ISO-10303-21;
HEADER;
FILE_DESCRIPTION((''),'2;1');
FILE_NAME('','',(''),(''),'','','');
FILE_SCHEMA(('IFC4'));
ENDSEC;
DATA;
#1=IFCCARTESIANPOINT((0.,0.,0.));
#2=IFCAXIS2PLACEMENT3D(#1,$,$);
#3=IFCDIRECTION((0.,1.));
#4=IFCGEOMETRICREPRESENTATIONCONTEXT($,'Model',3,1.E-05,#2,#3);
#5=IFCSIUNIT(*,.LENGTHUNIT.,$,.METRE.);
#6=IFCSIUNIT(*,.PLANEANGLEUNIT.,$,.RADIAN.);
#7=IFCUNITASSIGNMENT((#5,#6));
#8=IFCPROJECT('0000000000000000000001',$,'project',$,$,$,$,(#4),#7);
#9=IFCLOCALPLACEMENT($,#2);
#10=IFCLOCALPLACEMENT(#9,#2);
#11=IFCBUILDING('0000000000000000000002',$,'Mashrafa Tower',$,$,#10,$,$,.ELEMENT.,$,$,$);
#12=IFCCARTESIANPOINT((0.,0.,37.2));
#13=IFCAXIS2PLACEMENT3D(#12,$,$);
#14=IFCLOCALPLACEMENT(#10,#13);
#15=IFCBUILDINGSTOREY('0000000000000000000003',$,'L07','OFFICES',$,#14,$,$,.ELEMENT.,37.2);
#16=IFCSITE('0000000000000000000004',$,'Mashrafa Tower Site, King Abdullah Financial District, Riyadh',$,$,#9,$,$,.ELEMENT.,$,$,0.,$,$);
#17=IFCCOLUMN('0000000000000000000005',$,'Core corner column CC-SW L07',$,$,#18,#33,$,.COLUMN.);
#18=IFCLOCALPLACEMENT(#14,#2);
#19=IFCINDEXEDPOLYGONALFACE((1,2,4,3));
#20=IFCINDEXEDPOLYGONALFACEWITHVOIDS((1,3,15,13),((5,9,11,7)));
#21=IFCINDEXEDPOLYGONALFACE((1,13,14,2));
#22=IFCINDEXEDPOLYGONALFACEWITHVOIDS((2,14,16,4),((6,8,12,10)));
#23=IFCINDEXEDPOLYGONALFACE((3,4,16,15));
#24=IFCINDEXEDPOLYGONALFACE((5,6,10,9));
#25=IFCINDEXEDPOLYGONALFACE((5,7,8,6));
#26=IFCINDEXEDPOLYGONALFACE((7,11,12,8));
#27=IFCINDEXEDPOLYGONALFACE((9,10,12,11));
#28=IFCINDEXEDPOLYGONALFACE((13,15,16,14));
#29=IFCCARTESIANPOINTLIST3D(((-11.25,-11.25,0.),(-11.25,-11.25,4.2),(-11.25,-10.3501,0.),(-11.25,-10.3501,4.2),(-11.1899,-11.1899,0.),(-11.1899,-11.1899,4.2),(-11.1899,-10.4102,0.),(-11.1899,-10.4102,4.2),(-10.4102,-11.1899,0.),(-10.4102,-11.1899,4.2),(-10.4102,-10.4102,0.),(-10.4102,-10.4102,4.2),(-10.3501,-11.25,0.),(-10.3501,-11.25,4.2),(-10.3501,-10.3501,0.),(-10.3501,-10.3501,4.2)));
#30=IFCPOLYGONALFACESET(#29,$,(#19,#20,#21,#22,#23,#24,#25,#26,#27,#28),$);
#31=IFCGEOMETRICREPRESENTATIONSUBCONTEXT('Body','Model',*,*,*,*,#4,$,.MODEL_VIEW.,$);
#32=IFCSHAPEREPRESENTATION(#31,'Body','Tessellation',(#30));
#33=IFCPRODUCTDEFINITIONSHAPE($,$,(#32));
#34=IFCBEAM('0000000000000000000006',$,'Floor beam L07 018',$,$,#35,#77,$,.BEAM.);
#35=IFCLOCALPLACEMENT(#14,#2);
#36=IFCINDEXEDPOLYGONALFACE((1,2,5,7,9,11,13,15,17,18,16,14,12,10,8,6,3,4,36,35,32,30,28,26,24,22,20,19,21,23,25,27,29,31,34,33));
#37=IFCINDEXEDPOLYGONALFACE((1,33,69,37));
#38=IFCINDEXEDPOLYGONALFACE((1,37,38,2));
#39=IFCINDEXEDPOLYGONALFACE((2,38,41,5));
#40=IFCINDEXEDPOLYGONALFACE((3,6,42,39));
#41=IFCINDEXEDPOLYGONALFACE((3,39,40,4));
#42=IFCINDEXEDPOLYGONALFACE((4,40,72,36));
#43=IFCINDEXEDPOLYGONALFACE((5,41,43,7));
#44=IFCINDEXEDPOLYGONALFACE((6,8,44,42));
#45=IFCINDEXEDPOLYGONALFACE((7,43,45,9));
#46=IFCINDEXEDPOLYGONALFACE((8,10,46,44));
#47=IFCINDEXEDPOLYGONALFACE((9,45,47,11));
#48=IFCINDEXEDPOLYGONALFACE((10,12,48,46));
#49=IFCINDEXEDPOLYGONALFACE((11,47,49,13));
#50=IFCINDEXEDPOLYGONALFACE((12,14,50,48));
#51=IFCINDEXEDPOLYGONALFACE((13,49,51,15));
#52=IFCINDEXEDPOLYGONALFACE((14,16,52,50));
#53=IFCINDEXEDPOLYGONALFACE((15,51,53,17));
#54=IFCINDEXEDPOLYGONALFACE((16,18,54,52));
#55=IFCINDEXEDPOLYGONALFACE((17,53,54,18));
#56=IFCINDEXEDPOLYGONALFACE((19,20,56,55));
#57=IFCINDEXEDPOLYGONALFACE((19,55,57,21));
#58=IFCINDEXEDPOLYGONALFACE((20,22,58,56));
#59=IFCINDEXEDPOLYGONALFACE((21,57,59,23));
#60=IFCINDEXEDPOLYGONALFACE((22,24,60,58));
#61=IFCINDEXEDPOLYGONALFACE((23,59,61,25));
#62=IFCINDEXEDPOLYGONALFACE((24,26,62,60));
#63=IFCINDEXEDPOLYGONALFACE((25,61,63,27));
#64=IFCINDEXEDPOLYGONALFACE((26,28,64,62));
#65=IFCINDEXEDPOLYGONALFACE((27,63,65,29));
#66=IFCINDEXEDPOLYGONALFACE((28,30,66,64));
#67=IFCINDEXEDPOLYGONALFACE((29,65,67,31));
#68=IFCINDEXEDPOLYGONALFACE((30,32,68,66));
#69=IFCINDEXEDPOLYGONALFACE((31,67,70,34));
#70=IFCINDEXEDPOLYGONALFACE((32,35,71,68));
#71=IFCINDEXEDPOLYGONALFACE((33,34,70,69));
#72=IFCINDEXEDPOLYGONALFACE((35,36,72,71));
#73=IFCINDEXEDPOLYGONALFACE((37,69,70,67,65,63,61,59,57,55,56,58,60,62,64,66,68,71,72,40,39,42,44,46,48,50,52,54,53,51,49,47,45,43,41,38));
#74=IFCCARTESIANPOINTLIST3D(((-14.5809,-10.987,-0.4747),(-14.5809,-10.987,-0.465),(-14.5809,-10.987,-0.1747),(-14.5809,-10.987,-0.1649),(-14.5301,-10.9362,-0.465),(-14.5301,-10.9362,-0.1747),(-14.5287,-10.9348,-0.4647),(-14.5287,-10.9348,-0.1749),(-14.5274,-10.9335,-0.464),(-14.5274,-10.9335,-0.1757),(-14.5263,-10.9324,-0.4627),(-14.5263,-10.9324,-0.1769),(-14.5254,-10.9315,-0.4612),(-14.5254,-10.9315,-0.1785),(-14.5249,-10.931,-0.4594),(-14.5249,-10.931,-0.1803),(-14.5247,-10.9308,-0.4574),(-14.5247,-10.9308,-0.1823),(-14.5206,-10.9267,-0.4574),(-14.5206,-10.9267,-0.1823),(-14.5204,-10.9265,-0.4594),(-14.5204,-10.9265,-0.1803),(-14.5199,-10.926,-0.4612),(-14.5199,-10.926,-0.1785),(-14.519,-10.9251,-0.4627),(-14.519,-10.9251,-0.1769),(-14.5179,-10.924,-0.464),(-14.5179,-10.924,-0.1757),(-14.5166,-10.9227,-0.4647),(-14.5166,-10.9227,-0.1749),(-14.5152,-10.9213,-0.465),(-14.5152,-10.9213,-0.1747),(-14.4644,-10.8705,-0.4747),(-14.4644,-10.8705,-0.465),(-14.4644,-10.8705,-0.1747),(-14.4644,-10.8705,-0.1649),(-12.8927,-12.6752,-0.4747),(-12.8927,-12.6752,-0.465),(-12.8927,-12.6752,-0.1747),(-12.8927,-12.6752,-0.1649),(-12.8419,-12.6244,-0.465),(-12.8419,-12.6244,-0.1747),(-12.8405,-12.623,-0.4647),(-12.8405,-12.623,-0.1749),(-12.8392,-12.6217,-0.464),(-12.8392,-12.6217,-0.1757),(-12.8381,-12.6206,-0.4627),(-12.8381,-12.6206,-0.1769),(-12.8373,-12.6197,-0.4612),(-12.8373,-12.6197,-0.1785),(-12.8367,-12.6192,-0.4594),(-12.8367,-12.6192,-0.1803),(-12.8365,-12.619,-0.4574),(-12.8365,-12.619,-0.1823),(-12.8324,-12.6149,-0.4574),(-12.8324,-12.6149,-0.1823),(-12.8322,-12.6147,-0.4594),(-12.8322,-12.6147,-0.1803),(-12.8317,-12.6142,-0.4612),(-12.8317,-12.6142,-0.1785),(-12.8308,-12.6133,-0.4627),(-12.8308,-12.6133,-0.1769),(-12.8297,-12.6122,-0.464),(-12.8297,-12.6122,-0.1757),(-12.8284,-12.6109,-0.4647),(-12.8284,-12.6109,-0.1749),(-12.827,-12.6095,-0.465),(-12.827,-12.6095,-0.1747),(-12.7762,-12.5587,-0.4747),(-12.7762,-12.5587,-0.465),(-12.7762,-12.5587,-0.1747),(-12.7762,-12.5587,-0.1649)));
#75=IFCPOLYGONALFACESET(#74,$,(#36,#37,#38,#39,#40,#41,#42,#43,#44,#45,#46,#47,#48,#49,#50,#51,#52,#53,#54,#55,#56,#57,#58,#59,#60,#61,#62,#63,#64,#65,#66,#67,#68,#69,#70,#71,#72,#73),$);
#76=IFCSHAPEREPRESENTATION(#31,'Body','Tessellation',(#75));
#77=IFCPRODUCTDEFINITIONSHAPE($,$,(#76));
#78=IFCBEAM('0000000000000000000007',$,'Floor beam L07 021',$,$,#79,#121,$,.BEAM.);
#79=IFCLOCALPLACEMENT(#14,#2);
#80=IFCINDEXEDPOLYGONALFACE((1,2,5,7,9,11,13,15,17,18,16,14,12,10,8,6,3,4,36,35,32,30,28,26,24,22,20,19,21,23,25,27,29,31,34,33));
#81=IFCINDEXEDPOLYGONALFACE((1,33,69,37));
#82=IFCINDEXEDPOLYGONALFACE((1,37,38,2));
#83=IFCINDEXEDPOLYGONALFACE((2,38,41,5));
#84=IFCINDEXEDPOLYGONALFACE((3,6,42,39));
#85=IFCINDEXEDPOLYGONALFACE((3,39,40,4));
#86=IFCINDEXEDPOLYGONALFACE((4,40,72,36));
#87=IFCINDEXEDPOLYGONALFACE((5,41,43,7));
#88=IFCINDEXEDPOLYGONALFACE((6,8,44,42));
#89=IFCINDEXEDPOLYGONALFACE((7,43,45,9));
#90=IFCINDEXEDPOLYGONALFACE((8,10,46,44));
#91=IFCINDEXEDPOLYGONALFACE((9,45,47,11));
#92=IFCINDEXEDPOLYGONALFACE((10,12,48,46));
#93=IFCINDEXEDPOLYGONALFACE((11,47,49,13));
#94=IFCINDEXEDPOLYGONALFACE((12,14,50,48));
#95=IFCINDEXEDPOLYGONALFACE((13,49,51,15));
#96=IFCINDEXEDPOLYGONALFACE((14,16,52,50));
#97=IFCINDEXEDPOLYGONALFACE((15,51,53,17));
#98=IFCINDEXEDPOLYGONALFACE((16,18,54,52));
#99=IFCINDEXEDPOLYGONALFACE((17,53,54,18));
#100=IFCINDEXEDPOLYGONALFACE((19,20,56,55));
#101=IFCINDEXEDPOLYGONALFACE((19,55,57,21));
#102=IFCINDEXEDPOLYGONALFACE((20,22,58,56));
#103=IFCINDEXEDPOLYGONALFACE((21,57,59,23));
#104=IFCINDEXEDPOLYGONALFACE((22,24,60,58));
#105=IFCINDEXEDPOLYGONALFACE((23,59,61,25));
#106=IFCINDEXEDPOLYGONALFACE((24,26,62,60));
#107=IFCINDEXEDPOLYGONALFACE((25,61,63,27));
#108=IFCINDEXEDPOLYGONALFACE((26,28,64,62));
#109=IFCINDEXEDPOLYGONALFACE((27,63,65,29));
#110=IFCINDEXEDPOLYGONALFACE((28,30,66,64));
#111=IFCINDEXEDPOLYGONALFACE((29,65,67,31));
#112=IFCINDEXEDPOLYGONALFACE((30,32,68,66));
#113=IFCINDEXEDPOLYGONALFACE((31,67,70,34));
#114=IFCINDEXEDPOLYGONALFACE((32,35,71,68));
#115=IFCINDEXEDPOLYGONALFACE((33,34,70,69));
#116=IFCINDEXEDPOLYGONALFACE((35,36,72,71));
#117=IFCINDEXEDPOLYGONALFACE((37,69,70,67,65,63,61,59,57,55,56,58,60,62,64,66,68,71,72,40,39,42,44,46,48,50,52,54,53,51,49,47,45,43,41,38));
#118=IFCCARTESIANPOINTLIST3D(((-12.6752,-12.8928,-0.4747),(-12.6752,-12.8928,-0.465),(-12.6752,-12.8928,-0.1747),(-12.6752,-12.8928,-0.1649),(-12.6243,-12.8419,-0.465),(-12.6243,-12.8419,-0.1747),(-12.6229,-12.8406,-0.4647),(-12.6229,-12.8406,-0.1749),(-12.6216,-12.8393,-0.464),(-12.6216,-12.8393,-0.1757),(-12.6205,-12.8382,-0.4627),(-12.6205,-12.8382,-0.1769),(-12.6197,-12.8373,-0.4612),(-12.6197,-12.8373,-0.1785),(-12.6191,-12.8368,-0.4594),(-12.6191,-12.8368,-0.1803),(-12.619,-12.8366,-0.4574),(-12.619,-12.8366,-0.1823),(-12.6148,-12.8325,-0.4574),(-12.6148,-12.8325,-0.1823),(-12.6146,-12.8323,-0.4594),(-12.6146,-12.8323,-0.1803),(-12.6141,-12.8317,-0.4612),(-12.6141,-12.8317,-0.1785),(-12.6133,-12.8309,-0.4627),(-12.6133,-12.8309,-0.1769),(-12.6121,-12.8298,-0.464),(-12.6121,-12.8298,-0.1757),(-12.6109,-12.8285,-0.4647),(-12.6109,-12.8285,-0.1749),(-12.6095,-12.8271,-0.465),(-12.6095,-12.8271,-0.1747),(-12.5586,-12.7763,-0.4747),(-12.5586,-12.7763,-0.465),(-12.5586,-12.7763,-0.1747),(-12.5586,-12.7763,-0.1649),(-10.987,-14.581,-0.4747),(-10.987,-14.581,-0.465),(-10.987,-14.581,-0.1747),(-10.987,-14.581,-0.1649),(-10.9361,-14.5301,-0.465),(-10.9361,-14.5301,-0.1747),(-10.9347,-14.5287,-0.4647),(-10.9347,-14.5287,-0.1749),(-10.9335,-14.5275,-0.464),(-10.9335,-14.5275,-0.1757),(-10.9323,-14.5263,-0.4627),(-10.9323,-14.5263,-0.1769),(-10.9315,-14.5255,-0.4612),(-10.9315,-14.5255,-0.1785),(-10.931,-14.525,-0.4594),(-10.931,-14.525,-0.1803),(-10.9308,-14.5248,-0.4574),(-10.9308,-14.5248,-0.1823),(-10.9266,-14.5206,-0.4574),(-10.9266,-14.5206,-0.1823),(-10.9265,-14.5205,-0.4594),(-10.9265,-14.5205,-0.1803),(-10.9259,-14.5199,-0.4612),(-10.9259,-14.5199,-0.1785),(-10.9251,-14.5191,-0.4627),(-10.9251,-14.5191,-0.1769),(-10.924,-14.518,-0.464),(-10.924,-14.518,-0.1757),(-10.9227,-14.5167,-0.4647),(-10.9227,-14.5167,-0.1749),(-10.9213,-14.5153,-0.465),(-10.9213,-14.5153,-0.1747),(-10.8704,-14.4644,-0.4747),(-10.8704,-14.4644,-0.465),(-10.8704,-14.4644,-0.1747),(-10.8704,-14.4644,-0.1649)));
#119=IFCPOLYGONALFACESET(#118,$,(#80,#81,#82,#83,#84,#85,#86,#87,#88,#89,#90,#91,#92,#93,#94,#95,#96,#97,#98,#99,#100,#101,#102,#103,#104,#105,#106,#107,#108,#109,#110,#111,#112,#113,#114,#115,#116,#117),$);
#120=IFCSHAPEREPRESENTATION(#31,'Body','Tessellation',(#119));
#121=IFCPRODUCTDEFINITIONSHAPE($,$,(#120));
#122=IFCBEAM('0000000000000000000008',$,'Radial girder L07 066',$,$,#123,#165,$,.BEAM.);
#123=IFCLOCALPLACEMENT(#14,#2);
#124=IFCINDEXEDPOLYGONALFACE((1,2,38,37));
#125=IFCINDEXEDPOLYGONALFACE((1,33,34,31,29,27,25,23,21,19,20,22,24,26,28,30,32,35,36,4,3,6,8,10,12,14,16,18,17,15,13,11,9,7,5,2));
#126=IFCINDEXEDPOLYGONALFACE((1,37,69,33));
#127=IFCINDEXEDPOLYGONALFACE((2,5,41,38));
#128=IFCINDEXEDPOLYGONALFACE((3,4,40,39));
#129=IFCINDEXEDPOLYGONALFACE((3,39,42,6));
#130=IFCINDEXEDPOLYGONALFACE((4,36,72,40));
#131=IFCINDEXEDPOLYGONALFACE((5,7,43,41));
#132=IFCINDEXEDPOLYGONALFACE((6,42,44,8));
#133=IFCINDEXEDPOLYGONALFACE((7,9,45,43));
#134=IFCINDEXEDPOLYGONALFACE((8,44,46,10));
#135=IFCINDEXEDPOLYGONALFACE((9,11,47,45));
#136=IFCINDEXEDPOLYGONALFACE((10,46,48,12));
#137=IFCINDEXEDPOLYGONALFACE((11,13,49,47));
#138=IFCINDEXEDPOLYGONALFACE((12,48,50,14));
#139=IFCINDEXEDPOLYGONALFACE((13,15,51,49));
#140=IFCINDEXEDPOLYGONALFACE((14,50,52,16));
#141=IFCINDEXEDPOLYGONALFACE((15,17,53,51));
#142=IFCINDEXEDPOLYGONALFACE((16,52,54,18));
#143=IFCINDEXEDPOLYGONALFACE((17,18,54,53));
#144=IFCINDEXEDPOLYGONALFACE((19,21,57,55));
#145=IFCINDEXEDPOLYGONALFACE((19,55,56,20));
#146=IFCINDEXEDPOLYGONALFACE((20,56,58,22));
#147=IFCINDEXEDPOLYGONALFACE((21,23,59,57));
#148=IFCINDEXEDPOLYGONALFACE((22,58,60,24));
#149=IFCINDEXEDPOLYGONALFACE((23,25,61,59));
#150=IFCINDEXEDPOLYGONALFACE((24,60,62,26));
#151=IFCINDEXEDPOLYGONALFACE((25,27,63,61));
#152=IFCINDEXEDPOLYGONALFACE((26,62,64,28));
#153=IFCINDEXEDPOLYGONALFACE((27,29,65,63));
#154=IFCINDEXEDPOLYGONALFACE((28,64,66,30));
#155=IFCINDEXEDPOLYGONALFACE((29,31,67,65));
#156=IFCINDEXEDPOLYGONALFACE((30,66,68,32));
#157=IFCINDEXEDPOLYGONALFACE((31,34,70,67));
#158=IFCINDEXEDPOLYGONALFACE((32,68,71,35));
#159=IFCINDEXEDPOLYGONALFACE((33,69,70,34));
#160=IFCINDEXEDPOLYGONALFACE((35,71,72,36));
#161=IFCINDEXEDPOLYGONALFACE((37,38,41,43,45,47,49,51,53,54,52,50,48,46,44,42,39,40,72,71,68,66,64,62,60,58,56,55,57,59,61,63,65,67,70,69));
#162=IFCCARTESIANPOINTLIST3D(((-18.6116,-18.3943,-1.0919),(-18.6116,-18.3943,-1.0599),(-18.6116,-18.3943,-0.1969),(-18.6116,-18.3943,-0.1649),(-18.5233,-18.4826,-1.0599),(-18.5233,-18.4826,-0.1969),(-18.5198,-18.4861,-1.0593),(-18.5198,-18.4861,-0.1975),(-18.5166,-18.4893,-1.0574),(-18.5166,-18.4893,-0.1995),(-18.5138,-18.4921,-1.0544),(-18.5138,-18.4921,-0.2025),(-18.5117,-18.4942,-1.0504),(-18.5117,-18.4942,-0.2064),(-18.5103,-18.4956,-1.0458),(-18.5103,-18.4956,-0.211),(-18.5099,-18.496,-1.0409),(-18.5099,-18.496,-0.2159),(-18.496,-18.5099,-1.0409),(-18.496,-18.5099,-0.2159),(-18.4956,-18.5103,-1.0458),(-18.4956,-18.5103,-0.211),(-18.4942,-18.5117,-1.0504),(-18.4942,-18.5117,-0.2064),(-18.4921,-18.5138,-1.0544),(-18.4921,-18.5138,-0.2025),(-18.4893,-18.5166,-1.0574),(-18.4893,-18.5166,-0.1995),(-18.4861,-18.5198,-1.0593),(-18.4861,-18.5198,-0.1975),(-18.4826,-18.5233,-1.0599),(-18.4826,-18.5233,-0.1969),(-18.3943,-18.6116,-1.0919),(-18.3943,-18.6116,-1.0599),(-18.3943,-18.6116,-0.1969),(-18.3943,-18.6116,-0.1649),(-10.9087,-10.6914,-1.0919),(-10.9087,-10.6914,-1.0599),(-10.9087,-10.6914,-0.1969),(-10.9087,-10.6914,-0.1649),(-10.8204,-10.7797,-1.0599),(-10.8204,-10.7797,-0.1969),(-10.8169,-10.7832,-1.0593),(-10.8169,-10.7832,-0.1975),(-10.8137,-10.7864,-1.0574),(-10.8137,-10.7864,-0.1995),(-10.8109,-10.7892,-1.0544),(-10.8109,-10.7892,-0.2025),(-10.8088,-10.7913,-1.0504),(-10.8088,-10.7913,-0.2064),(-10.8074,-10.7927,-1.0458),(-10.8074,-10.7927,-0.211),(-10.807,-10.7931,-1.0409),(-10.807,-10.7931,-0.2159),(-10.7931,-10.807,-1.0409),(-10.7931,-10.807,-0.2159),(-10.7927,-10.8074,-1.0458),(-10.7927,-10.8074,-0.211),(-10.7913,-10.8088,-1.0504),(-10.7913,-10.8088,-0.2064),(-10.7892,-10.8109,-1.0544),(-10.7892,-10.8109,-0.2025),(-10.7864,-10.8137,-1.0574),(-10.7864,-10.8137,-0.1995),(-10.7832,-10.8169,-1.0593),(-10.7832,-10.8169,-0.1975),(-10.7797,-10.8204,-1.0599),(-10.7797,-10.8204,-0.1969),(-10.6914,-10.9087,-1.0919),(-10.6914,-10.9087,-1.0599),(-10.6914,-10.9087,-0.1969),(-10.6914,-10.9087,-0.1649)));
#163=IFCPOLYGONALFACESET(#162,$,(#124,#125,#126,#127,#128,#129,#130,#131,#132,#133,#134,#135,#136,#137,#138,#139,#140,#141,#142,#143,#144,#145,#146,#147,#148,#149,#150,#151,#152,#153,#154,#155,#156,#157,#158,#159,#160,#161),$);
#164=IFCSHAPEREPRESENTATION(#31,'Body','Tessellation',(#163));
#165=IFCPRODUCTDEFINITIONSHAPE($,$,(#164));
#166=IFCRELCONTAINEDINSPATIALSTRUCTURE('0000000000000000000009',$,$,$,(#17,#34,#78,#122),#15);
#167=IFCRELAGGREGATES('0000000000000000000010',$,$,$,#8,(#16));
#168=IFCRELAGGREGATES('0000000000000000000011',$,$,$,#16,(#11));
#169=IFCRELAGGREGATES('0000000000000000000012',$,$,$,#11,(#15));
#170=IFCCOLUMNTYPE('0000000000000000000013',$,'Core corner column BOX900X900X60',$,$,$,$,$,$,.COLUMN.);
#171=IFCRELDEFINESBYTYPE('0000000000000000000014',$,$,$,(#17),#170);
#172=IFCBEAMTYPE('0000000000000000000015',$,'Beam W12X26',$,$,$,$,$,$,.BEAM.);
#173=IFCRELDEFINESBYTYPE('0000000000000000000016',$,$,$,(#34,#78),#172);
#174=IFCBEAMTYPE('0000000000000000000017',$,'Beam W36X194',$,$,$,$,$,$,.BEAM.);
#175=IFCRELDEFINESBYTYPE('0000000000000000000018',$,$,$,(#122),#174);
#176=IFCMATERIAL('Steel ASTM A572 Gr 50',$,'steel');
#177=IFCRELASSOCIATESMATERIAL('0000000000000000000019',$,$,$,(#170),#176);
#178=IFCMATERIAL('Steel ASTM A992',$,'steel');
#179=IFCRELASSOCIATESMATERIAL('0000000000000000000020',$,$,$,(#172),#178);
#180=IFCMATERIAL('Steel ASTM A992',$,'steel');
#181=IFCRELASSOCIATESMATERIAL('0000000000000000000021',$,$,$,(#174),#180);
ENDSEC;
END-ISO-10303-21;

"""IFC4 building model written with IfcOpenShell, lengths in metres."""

from ifc_helpers import new_model, si_unit, direction, frame, origin, origin_2d, place, context, subcontext, project, spatial, hollow_rectangle, i_section, extrude, material, material_profile, profile_set, type_object, element, save


model = new_model("IFC4")

# Units and contexts
model_context = context("Model", 3, precision=1e-05, world=origin(), true_north=direction((0.0, 1.0)))
body_context = subcontext(model_context, "Body", "Model", "MODEL_VIEW")
ifc_project = project(units=[si_unit("LENGTHUNIT", "METRE"), si_unit("PLANEANGLEUNIT", "RADIAN")], contexts=[model_context])

# Site, building, storey
site_placement = place(None, origin())
site = spatial("IfcSite", under=ifc_project, at=site_placement, Name="Mashrafa Tower Site, King Abdullah Financial District, Riyadh", CompositionType="ELEMENT", RefElevation=0.0)
building_placement = place(site_placement, origin())
building = spatial("IfcBuilding", under=site, at=building_placement, Name="Mashrafa Tower", CompositionType="ELEMENT")
storey_placement = place(building_placement, frame((0.0, 0.0, 37.2)))
storey = spatial("IfcBuildingStorey", under=building, at=storey_placement, Name="L07", Description="OFFICES", CompositionType="ELEMENT", Elevation=37.2)

# Column
ifc_material_1 = material(Name="Steel ASTM A572 Gr 50", Category="steel")
ifc_material_profile_1 = material_profile(ifc_material_1, hollow_rectangle(XDim=0.8999, YDim=0.8999, WallThickness=0.0601, at=origin_2d()), Name="BOX900X900X60")
ifc_profile_set_1 = profile_set([ifc_material_profile_1], Name="Steel ASTM A572 Gr 50")
column_type = type_object("IfcColumnType", Name="Core corner column BOX900X900X60", PredefinedType="COLUMN", material=ifc_profile_set_1)
column_placement = place(storey_placement, frame((-10.8, -10.8, 0.0), z_axis=(0.0, 0.0, 1.0), x_axis=(1.0, 0.0, 0.0)))
element("IfcColumn", 1, at=column_placement, inside=storey, type_object=column_type, Name="Core corner column CC-SW L07", PredefinedType="COLUMN", context=body_context, shape_type="SweptSolid", body=[
    extrude(hollow_rectangle(XDim=0.8999, YDim=0.8999, WallThickness=0.0601, at=origin_2d()), origin(), (0.0, 0.0, 1.0), 4.2),
])

# Beams
ifc_material_2 = material(Name="Steel ASTM A992", Category="steel")
ifc_material_profile_2 = material_profile(ifc_material_2, i_section(OverallWidth=0.1648, OverallDepth=0.3098, WebThickness=0.0059, FlangeThickness=0.0098, FilletRadius=0.0076, at=origin_2d()), Name="W12X26")
ifc_profile_set_2 = profile_set([ifc_material_profile_2], Name="Steel ASTM A992")
beam_type_1 = type_object("IfcBeamType", Name="Beam W12X26", PredefinedType="BEAM", material=ifc_profile_set_2)
for number, where, z_axis, x_axis, name in (
    (2, (-12.8345, -12.6169, -0.3198), (-0.707107, 0.707107, 0.0), (-0.707107, -0.707107, 0.0), "Floor beam L07 018"),
    (3, (-10.9287, -14.5227, -0.3198), (-0.707107, 0.707107, 0.0), (-0.707107, -0.707107, 0.0), "Floor beam L07 021"),
):
    element("IfcBeam", number, at=place(storey_placement, frame(where, z_axis=z_axis, x_axis=x_axis)), inside=storey, type_object=beam_type_1, Name=name, PredefinedType="BEAM", context=body_context, shape_type="SweptSolid", body=[
        extrude(i_section(OverallWidth=0.1648, OverallDepth=0.3098, WebThickness=0.0059, FlangeThickness=0.0098, FilletRadius=0.0076, at=origin_2d()), origin(), (0.0, 0.0, 1.0), 2.3875),
    ])
ifc_material_3 = material(Name="Steel ASTM A992", Category="steel")
ifc_material_profile_3 = material_profile(ifc_material_3, i_section(OverallWidth=0.3074, OverallDepth=0.927, WebThickness=0.0195, FlangeThickness=0.032, FilletRadius=0.019, at=origin_2d()), Name="W36X194")
ifc_profile_set_3 = profile_set([ifc_material_profile_3], Name="Steel ASTM A992")
beam_type_2 = type_object("IfcBeamType", Name="Beam W36X194", PredefinedType="BEAM", material=ifc_profile_set_3)
beam_1_placement = place(storey_placement, frame((-10.8, -10.8, -0.6284), z_axis=(-0.707107, -0.707107, 0.0), x_axis=(0.707107, -0.707107, 0.0)))
element("IfcBeam", 4, at=beam_1_placement, inside=storey, type_object=beam_type_2, Name="Radial girder L07 066", PredefinedType="BEAM", context=body_context, shape_type="SweptSolid", body=[
    extrude(i_section(OverallWidth=0.3074, OverallDepth=0.927, WebThickness=0.0195, FlangeThickness=0.032, FilletRadius=0.019, at=origin_2d()), origin(), (0.0, 0.0, 1.0), 10.8936),
])

save(model, "model.ifc")
